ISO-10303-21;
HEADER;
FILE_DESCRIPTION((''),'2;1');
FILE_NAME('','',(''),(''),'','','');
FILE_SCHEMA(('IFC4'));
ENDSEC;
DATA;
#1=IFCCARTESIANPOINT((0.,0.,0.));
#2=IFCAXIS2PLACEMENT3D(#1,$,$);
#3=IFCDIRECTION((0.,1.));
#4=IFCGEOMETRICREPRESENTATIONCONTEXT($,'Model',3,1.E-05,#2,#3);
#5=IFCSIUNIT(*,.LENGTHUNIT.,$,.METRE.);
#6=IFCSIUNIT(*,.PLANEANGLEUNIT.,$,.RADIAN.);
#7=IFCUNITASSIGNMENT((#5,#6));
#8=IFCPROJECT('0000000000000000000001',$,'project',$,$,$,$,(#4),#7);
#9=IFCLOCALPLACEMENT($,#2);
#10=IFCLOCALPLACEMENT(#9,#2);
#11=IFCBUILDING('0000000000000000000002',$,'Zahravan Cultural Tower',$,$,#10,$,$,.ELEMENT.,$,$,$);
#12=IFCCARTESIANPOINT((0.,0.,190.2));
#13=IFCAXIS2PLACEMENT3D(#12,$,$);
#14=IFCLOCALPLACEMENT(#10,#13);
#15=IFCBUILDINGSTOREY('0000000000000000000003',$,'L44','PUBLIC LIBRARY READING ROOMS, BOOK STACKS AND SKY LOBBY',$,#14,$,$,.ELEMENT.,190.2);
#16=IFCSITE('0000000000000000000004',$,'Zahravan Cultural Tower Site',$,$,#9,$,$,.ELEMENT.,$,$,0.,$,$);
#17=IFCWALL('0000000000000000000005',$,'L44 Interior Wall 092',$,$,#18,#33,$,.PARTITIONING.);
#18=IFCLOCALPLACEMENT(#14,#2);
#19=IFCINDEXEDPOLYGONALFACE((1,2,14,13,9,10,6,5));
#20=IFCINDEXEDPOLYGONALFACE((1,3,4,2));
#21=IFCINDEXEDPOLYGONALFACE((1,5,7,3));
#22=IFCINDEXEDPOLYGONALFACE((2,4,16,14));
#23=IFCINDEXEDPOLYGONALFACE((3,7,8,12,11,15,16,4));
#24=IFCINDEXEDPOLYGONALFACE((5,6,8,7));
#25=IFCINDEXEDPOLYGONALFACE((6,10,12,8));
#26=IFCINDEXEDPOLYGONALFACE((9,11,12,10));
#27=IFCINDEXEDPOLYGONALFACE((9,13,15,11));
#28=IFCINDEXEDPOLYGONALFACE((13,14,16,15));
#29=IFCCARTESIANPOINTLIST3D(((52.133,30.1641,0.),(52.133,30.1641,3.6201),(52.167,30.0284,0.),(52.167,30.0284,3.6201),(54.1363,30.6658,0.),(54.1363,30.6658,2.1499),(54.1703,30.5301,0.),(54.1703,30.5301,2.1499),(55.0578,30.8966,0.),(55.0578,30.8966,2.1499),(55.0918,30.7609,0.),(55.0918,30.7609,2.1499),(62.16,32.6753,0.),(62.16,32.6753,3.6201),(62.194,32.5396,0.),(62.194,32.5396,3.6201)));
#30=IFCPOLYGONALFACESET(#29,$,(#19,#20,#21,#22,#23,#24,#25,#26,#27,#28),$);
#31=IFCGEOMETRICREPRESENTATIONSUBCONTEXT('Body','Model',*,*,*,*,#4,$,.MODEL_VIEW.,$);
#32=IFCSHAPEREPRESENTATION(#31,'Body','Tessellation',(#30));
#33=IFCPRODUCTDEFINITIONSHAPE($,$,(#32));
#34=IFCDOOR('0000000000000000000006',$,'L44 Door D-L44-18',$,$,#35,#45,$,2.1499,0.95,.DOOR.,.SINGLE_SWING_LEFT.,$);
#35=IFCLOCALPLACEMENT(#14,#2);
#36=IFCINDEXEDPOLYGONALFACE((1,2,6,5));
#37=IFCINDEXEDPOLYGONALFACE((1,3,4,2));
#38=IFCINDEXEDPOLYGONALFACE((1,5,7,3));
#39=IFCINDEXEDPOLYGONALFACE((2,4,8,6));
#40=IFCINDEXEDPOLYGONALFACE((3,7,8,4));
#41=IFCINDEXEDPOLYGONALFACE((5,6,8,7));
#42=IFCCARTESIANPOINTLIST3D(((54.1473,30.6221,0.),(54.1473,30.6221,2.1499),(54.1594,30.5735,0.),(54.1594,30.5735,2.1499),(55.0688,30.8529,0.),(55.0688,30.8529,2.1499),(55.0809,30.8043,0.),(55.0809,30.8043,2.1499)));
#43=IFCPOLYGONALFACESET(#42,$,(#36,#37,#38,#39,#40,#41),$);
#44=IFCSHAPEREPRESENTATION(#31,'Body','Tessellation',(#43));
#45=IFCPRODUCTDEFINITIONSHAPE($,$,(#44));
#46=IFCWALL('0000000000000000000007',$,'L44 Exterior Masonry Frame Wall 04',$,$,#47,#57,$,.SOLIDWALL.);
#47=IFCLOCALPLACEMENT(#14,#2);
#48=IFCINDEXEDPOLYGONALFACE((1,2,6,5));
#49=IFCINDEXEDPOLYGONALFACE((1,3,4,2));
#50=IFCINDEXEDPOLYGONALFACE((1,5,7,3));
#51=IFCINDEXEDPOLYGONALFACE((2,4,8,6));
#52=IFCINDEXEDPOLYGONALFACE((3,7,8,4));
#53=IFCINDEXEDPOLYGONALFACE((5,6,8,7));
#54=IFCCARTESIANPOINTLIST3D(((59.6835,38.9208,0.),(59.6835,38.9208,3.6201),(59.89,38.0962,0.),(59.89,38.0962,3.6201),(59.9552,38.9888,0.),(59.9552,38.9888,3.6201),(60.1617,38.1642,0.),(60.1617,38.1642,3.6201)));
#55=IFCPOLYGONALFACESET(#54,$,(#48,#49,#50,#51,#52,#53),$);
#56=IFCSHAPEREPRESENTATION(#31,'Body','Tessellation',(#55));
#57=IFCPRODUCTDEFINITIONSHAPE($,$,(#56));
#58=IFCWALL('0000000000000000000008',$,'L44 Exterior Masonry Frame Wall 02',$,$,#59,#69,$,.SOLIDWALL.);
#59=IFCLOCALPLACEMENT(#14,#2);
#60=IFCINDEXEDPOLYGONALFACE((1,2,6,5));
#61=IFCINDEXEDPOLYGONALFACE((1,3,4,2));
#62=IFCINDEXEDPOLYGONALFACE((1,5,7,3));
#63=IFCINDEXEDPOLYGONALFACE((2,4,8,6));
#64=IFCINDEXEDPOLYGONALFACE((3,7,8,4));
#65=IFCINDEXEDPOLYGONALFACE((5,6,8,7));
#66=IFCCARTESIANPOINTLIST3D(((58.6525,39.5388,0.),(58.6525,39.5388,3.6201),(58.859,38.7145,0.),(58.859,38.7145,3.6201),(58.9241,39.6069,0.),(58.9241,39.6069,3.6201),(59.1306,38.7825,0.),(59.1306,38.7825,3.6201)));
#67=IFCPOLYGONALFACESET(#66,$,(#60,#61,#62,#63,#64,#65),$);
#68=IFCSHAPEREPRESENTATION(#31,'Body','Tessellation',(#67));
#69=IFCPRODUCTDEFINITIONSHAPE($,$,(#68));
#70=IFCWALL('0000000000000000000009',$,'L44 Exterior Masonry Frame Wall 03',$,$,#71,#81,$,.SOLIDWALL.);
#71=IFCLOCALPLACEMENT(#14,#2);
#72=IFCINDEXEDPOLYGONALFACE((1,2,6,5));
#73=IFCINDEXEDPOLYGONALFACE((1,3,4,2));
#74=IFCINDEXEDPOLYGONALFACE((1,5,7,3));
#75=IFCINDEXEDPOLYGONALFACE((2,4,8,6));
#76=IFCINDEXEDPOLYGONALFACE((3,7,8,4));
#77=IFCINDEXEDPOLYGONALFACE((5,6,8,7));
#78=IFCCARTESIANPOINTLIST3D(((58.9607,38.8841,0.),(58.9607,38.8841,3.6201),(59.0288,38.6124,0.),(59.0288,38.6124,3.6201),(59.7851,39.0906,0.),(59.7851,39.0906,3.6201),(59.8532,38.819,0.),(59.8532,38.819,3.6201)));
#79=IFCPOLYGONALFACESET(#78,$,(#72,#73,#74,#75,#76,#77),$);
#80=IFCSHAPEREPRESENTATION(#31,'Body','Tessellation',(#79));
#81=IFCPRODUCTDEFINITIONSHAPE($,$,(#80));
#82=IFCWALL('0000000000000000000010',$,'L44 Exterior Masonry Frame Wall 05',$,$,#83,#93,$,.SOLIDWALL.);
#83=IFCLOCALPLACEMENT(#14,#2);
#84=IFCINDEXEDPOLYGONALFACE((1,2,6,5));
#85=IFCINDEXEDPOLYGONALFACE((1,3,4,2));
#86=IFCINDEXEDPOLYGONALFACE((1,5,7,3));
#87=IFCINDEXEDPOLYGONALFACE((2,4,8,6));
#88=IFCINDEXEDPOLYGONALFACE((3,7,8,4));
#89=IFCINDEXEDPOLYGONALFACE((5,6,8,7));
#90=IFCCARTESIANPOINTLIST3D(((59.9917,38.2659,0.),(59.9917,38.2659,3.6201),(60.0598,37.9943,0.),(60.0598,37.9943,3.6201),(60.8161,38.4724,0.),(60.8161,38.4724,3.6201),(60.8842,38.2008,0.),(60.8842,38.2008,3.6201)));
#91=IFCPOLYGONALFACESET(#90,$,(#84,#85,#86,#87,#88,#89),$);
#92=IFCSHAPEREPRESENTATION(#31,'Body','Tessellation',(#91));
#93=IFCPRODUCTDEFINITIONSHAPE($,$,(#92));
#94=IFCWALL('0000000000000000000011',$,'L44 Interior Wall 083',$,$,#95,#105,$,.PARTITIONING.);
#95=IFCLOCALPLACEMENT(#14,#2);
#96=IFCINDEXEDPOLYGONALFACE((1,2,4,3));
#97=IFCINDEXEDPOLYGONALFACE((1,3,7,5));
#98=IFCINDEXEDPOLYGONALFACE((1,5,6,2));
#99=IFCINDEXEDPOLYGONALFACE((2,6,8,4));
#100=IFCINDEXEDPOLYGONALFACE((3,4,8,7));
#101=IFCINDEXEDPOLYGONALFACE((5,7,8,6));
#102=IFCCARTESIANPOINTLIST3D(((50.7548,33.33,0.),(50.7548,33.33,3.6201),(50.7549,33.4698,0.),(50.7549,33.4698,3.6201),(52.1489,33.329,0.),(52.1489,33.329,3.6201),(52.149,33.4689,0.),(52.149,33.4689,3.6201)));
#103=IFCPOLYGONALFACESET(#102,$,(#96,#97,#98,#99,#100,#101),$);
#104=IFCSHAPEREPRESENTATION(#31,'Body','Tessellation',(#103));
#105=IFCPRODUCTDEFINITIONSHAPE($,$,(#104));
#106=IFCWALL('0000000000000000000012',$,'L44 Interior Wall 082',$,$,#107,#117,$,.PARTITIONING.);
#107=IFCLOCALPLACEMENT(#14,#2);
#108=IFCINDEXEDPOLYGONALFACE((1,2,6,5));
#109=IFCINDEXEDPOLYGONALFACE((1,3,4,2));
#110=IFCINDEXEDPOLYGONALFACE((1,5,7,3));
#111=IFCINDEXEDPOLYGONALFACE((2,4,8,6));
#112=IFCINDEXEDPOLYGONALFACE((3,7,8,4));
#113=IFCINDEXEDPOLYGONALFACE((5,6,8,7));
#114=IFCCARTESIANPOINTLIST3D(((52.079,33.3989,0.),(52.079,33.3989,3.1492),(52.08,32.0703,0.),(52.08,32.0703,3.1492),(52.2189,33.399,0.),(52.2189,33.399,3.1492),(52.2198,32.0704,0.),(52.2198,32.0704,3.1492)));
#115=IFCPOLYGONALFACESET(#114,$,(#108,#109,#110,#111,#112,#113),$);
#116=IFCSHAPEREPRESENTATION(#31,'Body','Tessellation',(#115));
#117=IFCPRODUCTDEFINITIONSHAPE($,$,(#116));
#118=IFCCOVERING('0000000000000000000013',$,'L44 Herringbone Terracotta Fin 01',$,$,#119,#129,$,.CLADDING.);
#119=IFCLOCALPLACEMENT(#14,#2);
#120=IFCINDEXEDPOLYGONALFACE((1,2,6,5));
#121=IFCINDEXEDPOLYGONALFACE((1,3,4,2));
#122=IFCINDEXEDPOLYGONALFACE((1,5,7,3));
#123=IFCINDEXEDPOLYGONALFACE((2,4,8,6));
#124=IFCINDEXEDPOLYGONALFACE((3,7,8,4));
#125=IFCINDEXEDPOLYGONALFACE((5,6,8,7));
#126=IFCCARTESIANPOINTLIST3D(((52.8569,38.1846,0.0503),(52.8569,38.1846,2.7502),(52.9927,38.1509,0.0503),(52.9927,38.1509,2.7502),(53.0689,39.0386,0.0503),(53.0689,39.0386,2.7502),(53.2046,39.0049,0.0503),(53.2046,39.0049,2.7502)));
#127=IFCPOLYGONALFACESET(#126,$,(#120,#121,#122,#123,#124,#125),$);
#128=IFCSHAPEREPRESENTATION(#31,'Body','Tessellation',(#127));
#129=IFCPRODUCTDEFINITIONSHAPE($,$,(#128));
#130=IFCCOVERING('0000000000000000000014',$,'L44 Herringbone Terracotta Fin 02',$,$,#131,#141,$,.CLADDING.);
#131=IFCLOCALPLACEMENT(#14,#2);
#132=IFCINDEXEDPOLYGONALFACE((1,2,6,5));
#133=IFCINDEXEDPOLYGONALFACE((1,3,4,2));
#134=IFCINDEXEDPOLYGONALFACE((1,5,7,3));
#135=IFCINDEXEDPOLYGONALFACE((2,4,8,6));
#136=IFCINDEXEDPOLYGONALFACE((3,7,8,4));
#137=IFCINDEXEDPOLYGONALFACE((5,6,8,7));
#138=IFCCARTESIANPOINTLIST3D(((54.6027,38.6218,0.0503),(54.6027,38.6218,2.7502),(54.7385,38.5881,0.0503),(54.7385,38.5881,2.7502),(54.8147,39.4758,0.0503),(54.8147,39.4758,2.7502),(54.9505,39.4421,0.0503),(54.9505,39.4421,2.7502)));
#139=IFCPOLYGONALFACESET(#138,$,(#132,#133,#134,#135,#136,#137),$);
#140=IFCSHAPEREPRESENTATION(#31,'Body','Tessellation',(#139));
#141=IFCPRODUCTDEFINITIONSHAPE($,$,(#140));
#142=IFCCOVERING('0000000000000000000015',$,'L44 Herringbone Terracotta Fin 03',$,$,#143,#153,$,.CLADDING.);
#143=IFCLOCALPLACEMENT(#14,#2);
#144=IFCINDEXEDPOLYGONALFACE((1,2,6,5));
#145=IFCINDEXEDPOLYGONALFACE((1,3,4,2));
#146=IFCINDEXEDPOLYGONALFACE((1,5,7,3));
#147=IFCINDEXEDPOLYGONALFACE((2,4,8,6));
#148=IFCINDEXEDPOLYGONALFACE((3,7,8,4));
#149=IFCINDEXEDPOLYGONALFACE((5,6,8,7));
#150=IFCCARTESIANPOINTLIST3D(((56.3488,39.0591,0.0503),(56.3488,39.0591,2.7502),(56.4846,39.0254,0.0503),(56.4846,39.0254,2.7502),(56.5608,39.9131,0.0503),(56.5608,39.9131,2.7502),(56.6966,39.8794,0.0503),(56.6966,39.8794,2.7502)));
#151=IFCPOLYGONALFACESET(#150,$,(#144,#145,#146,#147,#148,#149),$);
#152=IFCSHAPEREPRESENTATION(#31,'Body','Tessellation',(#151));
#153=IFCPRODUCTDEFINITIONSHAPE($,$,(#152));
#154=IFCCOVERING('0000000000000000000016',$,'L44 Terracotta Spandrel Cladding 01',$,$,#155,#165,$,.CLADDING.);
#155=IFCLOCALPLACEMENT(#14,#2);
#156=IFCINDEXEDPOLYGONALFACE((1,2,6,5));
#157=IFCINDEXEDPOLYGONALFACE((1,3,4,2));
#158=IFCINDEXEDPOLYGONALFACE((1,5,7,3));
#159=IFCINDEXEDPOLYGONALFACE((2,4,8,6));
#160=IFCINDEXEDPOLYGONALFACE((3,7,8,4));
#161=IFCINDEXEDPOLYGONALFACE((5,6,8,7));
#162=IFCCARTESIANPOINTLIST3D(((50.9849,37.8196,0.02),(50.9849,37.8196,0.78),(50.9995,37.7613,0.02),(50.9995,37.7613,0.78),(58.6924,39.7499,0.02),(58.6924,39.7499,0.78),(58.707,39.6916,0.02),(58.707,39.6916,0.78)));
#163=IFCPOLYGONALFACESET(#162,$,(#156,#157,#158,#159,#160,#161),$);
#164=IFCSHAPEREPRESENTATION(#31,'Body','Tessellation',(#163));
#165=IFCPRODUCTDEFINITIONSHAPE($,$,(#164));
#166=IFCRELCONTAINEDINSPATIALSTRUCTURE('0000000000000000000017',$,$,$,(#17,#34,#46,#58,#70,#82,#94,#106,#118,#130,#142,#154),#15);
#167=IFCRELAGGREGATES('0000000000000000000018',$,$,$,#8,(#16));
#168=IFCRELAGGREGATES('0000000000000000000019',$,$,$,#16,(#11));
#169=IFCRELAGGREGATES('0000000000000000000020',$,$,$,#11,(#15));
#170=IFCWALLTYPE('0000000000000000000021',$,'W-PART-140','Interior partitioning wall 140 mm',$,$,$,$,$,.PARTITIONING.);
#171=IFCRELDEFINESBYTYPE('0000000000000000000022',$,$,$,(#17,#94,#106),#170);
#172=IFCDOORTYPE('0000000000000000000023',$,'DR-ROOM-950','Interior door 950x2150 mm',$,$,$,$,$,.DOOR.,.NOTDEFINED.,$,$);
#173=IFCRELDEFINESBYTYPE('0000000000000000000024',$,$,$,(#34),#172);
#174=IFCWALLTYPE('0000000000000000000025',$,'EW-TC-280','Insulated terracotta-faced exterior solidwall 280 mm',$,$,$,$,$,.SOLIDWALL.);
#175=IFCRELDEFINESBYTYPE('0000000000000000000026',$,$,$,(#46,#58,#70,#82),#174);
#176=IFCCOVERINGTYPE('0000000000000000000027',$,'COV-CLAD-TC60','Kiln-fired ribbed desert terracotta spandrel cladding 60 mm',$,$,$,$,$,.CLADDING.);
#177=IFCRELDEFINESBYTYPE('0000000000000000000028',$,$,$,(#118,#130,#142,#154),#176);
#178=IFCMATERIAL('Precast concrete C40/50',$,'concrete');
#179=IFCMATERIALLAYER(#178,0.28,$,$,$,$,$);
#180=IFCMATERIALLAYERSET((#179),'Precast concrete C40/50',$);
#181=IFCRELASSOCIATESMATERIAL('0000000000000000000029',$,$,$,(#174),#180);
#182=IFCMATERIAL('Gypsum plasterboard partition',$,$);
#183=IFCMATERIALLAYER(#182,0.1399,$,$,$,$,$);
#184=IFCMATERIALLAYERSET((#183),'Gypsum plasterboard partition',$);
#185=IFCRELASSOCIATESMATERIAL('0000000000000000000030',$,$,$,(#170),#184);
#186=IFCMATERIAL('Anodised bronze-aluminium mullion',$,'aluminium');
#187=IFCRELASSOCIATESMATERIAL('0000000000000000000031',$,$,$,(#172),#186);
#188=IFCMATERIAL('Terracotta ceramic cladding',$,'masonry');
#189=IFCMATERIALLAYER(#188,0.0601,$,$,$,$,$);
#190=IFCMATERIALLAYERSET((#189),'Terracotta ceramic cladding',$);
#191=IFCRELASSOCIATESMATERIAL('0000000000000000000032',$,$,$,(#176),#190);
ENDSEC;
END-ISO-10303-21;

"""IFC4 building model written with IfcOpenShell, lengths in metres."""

from ifc_helpers import new_model, si_unit, direction, frame, frame_2d, origin, origin_2d, place, context, subcontext, project, spatial, rectangle, extrude, source, transform, mapped, material, layer, layer_set, type_object, element, fill, save


model = new_model("IFC4")

# Units and contexts
model_context = context("Model", 3, precision=1e-05, world=origin(), true_north=direction((0.0, 1.0)))
body_context = subcontext(model_context, "Body", "Model", "MODEL_VIEW")
ifc_project = project(units=[si_unit("LENGTHUNIT", "METRE"), si_unit("PLANEANGLEUNIT", "RADIAN")], contexts=[model_context])

# Site, building, storey
site_placement = place(None, origin())
site = spatial("IfcSite", under=ifc_project, at=site_placement, Name="Zahravan Cultural Tower Site", CompositionType="ELEMENT", RefElevation=0.0)
building_placement = place(site_placement, origin())
building = spatial("IfcBuilding", under=site, at=building_placement, Name="Zahravan Cultural Tower", CompositionType="ELEMENT")
storey_placement = place(building_placement, frame((0.0, 0.0, 190.2)))
storey = spatial("IfcBuildingStorey", under=building, at=storey_placement, Name="L44", Description="PUBLIC LIBRARY READING ROOMS, BOOK STACKS AND SKY LOBBY", CompositionType="ELEMENT", Elevation=190.2)

# Shared definitions
ifc_material_1 = material(Name="Anodised bronze-aluminium mullion", Category="aluminium")

# Shared definitions
ifc_material_2 = material(Name="Precast concrete C40/50", Category="concrete")
ifc_layer_1 = layer(ifc_material_2, 0.28)
ifc_layer_set_1 = layer_set([ifc_layer_1], Name="Precast concrete C40/50")
wall_type_1 = type_object("IfcWallType", Name="EW-TC-280", Description="Insulated terracotta-faced exterior solidwall 280 mm", PredefinedType="SOLIDWALL", material=ifc_layer_set_1)

# Wall, opening, door
ifc_material_3 = material(Name="Gypsum plasterboard partition")
ifc_layer_2 = layer(ifc_material_3, 0.1399)
ifc_layer_set_2 = layer_set([ifc_layer_2], Name="Gypsum plasterboard partition")
wall_type_2 = type_object("IfcWallType", Name="W-PART-140", Description="Interior partitioning wall 140 mm", PredefinedType="PARTITIONING", material=ifc_layer_set_2)
wall_1_placement = place(storey_placement, frame((52.1499, 30.0962, 0.0), z_axis=(0.0, 0.0, 1.0), x_axis=(0.970041, 0.242941, 0.0)))
wall_1 = element("IfcWall", 1, at=wall_1_placement, inside=storey, type_object=wall_type_2, Name="L44 Interior Wall 092", PredefinedType="PARTITIONING", context=body_context, shape_type="SweptSolid", body=[
    extrude(rectangle(XDim=10.3367, YDim=0.1399, at=frame_2d((5.1685, 0.0))), origin(), (0.0, 0.0, 1.0), 3.6201),
])
opening_1_placement = place(wall_1_placement, frame((2.0652, 0.0, 0.0)))
opening_1 = element("IfcOpeningElement", 2, at=opening_1_placement, cuts=wall_1, PredefinedType="OPENING", context=body_context, shape_type="SweptSolid", body=[
    extrude(rectangle(XDim=0.95, YDim=2.1499, at=frame_2d((0.4751, 1.075))), frame((0.0, 0.0798, 0.0), z_axis=(0.0, -1.0, 0.0), x_axis=(1.0, 0.0, 0.0)), (0.0, 0.0, 1.0), 0.1599),
])
door_type = type_object("IfcDoorType", Name="DR-ROOM-950", Description="Interior door 950x2150 mm", OperationType="NOTDEFINED", PredefinedType="DOOR", material=ifc_material_1)
shared_shape_1 = source(origin(), body_context, "Body", "SweptSolid", [
    extrude(rectangle(XDim=0.95, YDim=2.1499, at=frame_2d((0.4751, 1.075))), frame((0.0, 0.0249, 0.0), z_axis=(0.0, -1.0, 0.0), x_axis=(1.0, 0.0, 0.0)), (0.0, 0.0, 1.0), 0.05),
])
door_placement = place(opening_1_placement, origin())
door = element("IfcDoor", 3, at=door_placement, inside=storey, type_object=door_type, Name="L44 Door D-L44-18", OperationType="SINGLE_SWING_LEFT", OverallHeight=2.1499, OverallWidth=0.95, PredefinedType="DOOR", context=body_context, shape_type="MappedRepresentation", body=[
    mapped(shared_shape_1, transform((0.0, 0.0, 0.0), x_axis=(1.0, 0.0, 0.0), y_axis=(0.0, 1.0, 0.0), z_axis=(0.0, 0.0, 1.0), scale=1.0)),
])
fill(opening_1, door)

# Walls
shared_shape_2 = source(origin(), body_context, "Body", "SweptSolid", [
    extrude(rectangle(XDim=0.8501, YDim=0.28, at=frame_2d((0.425, 0.0))), origin(), (0.0, 0.0, 1.0), 3.6201),
])
wall_2_placement = place(storey_placement, frame((59.8193, 38.9548, 0.0), z_axis=(0.0, 0.0, 1.0), x_axis=(0.242941, -0.970041, 0.0)))
element("IfcWall", 4, at=wall_2_placement, inside=storey, type_object=wall_type_1, Name="L44 Exterior Masonry Frame Wall 04", PredefinedType="SOLIDWALL", context=body_context, shape_type="MappedRepresentation", body=[
    mapped(shared_shape_2, transform((0.0, 0.0, 0.0), x_axis=(1.0, 0.0, 0.0), y_axis=(0.0, 1.0, 0.0), z_axis=(0.0, 0.0, 1.0), scale=1.0)),
])
shared_shape_3 = source(origin(), body_context, "Body", "SweptSolid", [
    extrude(rectangle(XDim=0.8499, YDim=0.28, at=frame_2d((0.4248, 0.0))), origin(), (0.0, 0.0, 1.0), 3.6201),
])
for number, where, z_axis, x_axis, name in (
    (5, (58.7883, 39.5728, 0.0), (0.0, 0.0, 1.0), (0.243009, -0.970024, 0.0), "L44 Exterior Masonry Frame Wall 02"),
    (6, (58.9949, 38.7483, 0.0), (0.0, 0.0, 1.0), (0.970024, 0.243009, 0.0), "L44 Exterior Masonry Frame Wall 03"),
    (7, (60.0259, 38.1301, 0.0), (0.0, 0.0, 1.0), (0.970024, 0.243009, 0.0), "L44 Exterior Masonry Frame Wall 05"),
):
    element("IfcWall", number, at=place(storey_placement, frame(where, z_axis=z_axis, x_axis=x_axis)), inside=storey, type_object=wall_type_1, Name=name, PredefinedType="SOLIDWALL", context=body_context, shape_type="MappedRepresentation", body=[
        mapped(shared_shape_3, transform((0.0, 0.0, 0.0), x_axis=(1.0, 0.0, 0.0), y_axis=(0.0, 1.0, 0.0), z_axis=(0.0, 0.0, 1.0), scale=1.0)),
    ])
shared_shape_4 = source(origin(), body_context, "Body", "SweptSolid", [
    extrude(rectangle(XDim=1.394, YDim=0.1399, at=frame_2d((0.697, 0.0))), origin(), (0.0, 0.0, 1.0), 3.6201),
])
wall_3_placement = place(storey_placement, frame((52.1489, 33.3989, 0.0), z_axis=(0.0, 0.0, 1.0), x_axis=(-1.0, 0.000701, 0.0)))
element("IfcWall", 8, at=wall_3_placement, inside=storey, type_object=wall_type_2, Name="L44 Interior Wall 083", PredefinedType="PARTITIONING", context=body_context, shape_type="MappedRepresentation", body=[
    mapped(shared_shape_4, transform((0.0, 0.0, 0.0), x_axis=(1.0, 0.0, 0.0), y_axis=(0.0, 1.0, 0.0), z_axis=(0.0, 0.0, 1.0), scale=1.0)),
])
shared_shape_5 = source(origin(), body_context, "Body", "SweptSolid", [
    extrude(rectangle(XDim=1.3286, YDim=0.1399, at=frame_2d((0.6643, 0.0))), origin(), (0.0, 0.0, 1.0), 3.1492),
])
wall_4_placement = place(storey_placement, frame((52.1499, 32.0703, 0.0), z_axis=(0.0, 0.0, 1.0), x_axis=(-0.000735, 1.0, 0.0)))
element("IfcWall", 9, at=wall_4_placement, inside=storey, type_object=wall_type_2, Name="L44 Interior Wall 082", PredefinedType="PARTITIONING", context=body_context, shape_type="MappedRepresentation", body=[
    mapped(shared_shape_5, transform((0.0, 0.0, 0.0), x_axis=(1.0, 0.0, 0.0), y_axis=(0.0, 1.0, 0.0), z_axis=(0.0, 0.0, 1.0), scale=1.0)),
])

# Coverings
ifc_material_4 = material(Name="Terracotta ceramic cladding", Category="masonry")
ifc_layer_3 = layer(ifc_material_4, 0.0601)
ifc_layer_set_3 = layer_set([ifc_layer_3], Name="Terracotta ceramic cladding")
covering_type = type_object("IfcCoveringType", Name="COV-CLAD-TC60", Description="Kiln-fired ribbed desert terracotta spandrel cladding 60 mm", PredefinedType="CLADDING", material=ifc_layer_set_3)
shared_shape_6 = source(origin(), body_context, "Body", "SweptSolid", [
    extrude(rectangle(XDim=0.8799, YDim=0.1399, at=origin_2d()), origin(), (0.0, 0.0, 1.0), 2.7),
])
for number, where, z_axis, x_axis, name in (
    (10, (53.0308, 38.5947, 0.0503), (0.0, 0.0, 1.0), (0.240906, 0.970549, 0.0), "L44 Herringbone Terracotta Fin 01"),
    (11, (54.7766, 39.032, 0.0503), (0.0, 0.0, 1.0), (0.240906, 0.970549, 0.0), "L44 Herringbone Terracotta Fin 02"),
    (12, (56.5227, 39.4692, 0.0503), (0.0, 0.0, 1.0), (0.240906, 0.970549, 0.0), "L44 Herringbone Terracotta Fin 03"),
):
    element("IfcCovering", number, at=place(storey_placement, frame(where, z_axis=z_axis, x_axis=x_axis)), inside=storey, type_object=covering_type, Name=name, PredefinedType="CLADDING", context=body_context, shape_type="MappedRepresentation", body=[
        mapped(shared_shape_6, transform((0.0, 0.0, 0.0), x_axis=(1.0, 0.0, 0.0), y_axis=(0.0, 1.0, 0.0), z_axis=(0.0, 0.0, 1.0), scale=1.0)),
    ])
shared_shape_7 = source(origin(), body_context, "Body", "SweptSolid", [
    extrude(rectangle(XDim=7.9456, YDim=0.0601, at=origin_2d()), origin(), (0.0, 0.0, 1.0), 0.76),
])
covering_placement = place(storey_placement, frame((54.8459, 38.7556, 0.02), z_axis=(0.0, 0.0, 1.0), x_axis=(0.970042, 0.242938, 0.0)))
element("IfcCovering", 13, at=covering_placement, inside=storey, type_object=covering_type, Name="L44 Terracotta Spandrel Cladding 01", PredefinedType="CLADDING", context=body_context, shape_type="MappedRepresentation", body=[
    mapped(shared_shape_7, transform((0.0, 0.0, 0.0), x_axis=(1.0, 0.0, 0.0), y_axis=(0.0, 1.0, 0.0), z_axis=(0.0, 0.0, 1.0), scale=1.0)),
])

save(model, "model.ifc")
